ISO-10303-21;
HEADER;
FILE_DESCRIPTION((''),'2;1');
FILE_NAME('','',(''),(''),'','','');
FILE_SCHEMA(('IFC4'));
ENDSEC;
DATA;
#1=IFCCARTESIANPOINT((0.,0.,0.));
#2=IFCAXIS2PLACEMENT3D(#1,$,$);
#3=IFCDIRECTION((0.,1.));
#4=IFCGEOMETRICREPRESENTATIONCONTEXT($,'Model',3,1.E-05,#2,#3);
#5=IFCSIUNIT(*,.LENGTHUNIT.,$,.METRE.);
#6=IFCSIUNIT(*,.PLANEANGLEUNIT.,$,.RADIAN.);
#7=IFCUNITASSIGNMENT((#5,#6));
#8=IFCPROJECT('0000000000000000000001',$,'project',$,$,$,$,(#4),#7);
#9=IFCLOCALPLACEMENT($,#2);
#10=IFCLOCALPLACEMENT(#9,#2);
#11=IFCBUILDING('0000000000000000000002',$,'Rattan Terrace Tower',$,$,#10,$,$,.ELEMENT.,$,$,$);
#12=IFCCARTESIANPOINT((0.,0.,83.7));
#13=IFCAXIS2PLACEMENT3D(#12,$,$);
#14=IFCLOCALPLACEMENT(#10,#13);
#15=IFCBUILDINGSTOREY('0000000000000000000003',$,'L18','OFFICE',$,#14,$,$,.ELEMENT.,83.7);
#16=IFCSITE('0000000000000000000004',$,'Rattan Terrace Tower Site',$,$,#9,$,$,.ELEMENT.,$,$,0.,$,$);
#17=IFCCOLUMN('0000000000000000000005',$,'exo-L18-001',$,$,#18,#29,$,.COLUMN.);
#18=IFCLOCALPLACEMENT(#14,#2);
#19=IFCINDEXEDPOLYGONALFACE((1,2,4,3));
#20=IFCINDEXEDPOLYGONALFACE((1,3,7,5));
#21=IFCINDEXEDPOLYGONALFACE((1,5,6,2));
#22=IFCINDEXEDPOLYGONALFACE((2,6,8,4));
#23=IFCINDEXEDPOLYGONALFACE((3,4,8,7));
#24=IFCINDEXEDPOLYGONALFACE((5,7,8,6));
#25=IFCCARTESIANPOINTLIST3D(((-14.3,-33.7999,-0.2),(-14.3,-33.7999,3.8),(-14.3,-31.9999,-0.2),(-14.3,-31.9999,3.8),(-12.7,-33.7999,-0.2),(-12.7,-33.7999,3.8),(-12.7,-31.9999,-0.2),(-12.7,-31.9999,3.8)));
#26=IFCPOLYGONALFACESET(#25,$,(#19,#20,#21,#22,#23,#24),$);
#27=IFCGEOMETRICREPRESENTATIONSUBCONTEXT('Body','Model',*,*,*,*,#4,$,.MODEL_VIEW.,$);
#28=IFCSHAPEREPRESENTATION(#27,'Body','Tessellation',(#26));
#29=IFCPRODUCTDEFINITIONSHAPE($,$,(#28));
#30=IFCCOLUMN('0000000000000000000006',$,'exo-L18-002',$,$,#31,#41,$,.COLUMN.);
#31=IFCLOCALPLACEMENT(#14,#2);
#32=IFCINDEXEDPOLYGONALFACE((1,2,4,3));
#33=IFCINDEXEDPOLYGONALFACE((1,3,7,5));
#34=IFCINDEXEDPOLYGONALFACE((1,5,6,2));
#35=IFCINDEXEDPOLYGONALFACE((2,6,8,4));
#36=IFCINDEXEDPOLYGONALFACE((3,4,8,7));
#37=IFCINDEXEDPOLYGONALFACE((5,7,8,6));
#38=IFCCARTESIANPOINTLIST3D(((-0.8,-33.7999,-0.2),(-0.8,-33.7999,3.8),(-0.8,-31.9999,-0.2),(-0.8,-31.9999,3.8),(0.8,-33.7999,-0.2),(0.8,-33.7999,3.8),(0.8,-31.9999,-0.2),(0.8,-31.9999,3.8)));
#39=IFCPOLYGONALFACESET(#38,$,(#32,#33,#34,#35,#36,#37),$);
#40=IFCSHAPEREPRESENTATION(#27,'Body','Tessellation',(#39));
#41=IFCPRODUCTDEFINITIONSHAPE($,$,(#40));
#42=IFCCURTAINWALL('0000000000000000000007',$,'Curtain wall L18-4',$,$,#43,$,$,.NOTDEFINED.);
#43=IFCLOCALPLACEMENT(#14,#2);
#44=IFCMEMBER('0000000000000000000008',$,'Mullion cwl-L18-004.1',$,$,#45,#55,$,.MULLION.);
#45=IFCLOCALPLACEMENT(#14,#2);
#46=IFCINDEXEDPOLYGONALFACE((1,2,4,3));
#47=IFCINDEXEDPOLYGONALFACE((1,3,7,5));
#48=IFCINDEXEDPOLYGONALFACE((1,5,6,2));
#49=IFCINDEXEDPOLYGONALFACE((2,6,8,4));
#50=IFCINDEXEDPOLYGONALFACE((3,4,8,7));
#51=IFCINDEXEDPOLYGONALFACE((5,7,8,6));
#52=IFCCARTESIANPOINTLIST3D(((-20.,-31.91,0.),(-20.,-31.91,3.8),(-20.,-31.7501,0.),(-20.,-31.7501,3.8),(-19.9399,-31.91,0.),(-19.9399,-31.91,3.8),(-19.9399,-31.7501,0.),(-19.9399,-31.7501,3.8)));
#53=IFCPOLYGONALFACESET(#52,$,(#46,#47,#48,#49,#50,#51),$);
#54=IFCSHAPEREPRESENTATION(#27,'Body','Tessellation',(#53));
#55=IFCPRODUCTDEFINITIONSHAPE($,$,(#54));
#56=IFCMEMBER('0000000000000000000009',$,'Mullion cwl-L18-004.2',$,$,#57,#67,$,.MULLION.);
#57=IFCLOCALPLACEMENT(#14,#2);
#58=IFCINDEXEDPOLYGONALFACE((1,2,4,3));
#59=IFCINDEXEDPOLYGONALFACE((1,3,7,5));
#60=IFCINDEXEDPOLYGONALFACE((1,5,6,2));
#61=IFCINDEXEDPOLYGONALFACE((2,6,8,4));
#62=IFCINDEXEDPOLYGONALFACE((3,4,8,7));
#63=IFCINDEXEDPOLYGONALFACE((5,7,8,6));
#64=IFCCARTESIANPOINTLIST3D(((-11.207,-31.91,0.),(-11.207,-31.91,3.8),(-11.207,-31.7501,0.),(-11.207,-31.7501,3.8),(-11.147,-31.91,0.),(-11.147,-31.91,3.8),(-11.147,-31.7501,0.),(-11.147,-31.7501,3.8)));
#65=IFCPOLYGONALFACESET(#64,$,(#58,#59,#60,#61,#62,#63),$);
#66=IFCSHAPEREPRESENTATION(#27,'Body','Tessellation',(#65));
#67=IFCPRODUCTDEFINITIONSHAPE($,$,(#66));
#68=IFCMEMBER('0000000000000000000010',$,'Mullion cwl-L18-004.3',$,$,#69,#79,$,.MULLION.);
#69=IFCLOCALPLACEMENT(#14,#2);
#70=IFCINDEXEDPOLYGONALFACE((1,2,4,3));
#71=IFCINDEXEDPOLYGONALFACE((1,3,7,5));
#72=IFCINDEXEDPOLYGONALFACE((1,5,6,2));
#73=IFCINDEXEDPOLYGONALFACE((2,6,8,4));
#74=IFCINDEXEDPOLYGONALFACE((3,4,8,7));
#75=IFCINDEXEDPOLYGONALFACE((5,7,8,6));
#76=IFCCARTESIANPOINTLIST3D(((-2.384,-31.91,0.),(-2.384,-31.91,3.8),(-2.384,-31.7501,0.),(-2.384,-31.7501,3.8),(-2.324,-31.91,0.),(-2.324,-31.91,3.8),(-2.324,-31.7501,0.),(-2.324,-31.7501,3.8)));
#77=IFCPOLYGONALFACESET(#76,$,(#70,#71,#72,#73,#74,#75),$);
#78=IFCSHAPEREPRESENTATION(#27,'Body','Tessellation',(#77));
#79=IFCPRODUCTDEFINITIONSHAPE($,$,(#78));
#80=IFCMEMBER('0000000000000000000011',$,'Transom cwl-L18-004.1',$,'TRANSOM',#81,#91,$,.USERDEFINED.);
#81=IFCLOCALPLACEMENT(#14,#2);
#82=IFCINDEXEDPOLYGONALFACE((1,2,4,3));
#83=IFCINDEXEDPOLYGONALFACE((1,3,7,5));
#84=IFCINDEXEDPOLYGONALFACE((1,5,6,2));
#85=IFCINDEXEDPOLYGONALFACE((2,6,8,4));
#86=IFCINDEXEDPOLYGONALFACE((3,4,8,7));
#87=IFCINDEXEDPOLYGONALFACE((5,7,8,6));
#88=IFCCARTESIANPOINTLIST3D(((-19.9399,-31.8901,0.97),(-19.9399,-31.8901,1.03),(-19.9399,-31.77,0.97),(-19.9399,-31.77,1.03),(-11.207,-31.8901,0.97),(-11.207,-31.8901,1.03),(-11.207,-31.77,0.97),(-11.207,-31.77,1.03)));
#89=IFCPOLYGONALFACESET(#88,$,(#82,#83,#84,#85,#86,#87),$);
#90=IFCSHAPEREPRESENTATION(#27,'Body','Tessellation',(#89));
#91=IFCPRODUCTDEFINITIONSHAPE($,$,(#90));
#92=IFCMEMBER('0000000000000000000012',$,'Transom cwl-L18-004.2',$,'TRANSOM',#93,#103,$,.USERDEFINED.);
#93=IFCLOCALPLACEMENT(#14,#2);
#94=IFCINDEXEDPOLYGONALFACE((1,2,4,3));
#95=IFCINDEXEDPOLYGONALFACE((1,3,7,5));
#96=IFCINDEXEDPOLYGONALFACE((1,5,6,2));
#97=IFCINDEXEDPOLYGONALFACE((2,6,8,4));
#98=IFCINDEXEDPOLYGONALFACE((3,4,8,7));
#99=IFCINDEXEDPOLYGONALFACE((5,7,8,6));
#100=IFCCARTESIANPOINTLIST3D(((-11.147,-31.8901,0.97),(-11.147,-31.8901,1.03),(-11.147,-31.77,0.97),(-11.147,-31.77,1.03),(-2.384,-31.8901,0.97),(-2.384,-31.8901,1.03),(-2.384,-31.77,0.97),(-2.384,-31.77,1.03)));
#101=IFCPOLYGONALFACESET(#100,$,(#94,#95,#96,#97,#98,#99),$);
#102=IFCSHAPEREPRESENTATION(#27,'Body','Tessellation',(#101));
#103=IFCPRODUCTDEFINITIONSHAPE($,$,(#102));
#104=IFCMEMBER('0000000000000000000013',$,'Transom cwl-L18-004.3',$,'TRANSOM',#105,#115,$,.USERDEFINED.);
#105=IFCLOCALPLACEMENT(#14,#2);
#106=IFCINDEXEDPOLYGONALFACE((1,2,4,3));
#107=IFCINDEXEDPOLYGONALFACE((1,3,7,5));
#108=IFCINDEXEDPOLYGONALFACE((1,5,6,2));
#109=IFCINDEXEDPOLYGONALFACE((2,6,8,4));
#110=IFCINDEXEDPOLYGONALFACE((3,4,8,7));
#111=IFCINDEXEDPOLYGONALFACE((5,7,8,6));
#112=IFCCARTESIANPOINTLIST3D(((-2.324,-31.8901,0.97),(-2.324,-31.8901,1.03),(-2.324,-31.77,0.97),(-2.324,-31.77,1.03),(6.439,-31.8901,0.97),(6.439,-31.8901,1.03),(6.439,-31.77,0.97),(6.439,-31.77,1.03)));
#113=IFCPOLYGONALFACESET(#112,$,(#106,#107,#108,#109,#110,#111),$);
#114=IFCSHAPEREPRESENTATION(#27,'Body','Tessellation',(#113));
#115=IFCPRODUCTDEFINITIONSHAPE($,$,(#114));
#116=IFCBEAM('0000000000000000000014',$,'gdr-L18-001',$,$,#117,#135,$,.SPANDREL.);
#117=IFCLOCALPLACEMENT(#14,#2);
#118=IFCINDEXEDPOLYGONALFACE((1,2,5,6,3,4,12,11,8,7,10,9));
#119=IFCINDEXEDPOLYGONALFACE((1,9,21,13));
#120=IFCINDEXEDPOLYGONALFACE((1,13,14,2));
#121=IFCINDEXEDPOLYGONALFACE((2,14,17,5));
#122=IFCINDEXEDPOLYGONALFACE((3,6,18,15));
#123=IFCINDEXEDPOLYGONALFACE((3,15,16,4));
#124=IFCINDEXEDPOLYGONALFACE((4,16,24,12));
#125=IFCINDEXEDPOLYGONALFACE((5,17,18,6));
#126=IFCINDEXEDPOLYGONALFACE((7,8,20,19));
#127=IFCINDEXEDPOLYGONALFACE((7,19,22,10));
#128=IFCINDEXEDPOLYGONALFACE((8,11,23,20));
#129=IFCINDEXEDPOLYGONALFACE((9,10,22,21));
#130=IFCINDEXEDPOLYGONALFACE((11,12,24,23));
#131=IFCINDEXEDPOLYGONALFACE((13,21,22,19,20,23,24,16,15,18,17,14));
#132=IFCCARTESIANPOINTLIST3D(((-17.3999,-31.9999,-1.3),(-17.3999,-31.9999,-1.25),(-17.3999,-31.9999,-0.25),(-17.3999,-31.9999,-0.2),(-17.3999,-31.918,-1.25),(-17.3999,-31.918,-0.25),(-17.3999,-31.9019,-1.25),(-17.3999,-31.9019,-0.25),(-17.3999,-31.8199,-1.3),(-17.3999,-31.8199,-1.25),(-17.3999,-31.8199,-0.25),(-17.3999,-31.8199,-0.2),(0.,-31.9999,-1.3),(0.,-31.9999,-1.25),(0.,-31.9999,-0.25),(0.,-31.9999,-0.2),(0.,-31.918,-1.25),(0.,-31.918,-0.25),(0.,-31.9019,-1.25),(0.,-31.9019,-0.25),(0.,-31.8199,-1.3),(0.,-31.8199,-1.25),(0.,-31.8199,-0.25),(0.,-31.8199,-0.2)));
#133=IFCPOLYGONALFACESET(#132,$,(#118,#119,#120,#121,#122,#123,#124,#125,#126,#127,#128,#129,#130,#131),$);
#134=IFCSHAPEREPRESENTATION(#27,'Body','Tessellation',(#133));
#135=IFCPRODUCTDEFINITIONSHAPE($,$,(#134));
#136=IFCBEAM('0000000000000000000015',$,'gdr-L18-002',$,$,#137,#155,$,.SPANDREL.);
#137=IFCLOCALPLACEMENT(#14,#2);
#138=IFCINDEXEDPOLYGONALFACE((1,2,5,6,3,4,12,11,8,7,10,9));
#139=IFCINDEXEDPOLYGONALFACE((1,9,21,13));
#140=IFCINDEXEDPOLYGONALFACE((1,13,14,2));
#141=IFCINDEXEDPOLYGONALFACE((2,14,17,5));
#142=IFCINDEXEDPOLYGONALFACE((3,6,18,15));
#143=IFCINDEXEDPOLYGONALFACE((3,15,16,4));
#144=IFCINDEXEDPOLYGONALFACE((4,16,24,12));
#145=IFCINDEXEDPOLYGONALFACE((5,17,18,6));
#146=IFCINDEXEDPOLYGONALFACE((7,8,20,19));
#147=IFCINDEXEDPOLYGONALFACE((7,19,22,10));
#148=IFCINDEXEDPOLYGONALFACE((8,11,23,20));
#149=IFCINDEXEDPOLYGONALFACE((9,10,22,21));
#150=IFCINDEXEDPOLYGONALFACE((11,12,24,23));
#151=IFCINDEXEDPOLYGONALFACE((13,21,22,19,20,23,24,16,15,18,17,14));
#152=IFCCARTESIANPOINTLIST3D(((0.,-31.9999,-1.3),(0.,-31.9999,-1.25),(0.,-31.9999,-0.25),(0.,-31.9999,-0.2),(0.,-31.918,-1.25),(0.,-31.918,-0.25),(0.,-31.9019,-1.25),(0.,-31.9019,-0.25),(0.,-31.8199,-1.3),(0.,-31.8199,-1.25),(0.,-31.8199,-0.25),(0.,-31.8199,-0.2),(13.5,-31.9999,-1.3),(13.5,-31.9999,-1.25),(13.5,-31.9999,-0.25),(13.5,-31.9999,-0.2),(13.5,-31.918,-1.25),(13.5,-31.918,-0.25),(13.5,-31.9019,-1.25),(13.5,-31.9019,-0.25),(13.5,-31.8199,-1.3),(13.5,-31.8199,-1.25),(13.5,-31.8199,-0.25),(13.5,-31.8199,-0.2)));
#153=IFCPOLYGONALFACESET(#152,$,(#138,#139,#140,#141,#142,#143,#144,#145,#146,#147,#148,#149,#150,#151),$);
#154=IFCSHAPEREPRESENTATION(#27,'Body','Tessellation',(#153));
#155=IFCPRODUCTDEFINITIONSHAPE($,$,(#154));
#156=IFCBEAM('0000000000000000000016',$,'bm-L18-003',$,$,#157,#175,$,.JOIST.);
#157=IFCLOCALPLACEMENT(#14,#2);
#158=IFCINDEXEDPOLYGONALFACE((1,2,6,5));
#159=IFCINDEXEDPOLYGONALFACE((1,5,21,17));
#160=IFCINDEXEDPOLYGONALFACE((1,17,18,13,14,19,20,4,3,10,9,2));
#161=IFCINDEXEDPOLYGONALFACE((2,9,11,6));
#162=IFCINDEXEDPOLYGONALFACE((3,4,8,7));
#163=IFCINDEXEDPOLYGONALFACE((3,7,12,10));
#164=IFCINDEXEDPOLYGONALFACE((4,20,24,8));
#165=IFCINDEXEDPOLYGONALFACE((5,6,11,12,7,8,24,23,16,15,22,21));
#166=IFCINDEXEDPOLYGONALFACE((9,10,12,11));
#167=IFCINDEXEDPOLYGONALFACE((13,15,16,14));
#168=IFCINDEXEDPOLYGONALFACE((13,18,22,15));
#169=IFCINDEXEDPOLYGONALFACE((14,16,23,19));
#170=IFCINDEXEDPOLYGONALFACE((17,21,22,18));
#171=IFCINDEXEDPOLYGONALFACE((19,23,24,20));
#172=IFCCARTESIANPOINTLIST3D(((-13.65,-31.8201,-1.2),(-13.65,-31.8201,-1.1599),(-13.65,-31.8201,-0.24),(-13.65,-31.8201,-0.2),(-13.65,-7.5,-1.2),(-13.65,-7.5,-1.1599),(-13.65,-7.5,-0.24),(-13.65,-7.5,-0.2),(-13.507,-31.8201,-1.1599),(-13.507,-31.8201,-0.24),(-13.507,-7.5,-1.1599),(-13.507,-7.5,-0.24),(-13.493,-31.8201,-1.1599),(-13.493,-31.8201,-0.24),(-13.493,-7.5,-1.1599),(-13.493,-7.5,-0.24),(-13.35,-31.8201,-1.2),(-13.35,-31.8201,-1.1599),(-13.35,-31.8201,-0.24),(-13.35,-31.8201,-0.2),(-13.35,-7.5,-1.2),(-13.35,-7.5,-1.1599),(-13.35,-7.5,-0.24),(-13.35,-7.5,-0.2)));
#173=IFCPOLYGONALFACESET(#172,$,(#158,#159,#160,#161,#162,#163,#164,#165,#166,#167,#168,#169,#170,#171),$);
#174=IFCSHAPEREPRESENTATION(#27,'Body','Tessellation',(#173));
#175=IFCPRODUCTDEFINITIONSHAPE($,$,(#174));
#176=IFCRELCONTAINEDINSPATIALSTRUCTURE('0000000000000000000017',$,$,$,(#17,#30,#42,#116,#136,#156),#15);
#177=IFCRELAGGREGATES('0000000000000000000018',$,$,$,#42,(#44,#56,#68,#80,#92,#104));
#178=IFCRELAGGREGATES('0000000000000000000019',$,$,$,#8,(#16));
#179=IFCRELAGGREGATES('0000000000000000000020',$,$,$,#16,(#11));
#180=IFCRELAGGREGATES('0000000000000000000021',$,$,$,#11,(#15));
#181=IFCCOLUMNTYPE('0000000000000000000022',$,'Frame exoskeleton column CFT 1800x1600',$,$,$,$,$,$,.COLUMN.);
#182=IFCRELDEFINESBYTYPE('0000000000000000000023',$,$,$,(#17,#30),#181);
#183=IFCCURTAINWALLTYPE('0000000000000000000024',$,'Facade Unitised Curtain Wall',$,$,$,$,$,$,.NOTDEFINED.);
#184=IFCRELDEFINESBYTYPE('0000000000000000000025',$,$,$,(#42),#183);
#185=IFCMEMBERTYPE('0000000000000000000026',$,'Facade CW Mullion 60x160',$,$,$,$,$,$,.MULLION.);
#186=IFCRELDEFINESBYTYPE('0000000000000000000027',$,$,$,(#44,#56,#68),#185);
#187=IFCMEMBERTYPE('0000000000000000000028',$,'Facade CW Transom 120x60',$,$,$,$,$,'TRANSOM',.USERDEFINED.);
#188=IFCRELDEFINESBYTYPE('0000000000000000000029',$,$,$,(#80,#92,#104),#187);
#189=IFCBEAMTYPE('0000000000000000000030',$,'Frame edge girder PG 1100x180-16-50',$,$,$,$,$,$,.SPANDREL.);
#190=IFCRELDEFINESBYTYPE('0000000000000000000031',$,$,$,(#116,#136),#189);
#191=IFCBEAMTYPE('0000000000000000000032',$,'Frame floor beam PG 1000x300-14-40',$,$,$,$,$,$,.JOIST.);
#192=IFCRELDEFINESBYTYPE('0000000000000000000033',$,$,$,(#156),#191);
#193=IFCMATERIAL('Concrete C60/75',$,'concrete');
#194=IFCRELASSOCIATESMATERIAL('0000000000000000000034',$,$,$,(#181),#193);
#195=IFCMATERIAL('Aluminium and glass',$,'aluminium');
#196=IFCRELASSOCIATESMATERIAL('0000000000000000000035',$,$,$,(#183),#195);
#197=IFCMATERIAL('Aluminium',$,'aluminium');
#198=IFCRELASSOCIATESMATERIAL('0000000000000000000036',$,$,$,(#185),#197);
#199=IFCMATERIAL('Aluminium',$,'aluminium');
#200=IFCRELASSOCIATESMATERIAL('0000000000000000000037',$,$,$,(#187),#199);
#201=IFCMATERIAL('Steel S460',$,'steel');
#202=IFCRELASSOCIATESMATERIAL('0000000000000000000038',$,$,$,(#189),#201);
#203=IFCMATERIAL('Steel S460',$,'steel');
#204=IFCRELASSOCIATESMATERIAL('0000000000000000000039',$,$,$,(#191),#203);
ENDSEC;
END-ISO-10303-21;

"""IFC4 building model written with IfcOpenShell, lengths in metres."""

from ifc_helpers import new_model, si_unit, direction, frame, origin, origin_2d, place, context, subcontext, project, spatial, rectangle, i_section, extrude, material, material_profile, profile_set, type_object, element, aggregate, save


model = new_model("IFC4")

# Units and contexts
model_context = context("Model", 3, precision=1e-05, world=origin(), true_north=direction((0.0, 1.0)))
body_context = subcontext(model_context, "Body", "Model", "MODEL_VIEW")
ifc_project = project(units=[si_unit("LENGTHUNIT", "METRE"), si_unit("PLANEANGLEUNIT", "RADIAN")], contexts=[model_context])

# Site, building, storey
site_placement = place(None, origin())
site = spatial("IfcSite", under=ifc_project, at=site_placement, Name="Rattan Terrace Tower Site", CompositionType="ELEMENT", RefElevation=0.0)
building_placement = place(site_placement, origin())
building = spatial("IfcBuilding", under=site, at=building_placement, Name="Rattan Terrace Tower", CompositionType="ELEMENT")
storey_placement = place(building_placement, frame((0.0, 0.0, 83.7)))
storey = spatial("IfcBuildingStorey", under=building, at=storey_placement, Name="L18", Description="OFFICE", CompositionType="ELEMENT", Elevation=83.7)

# Columns
ifc_material_1 = material(Name="Concrete C60/75", Category="concrete")
ifc_material_profile_1 = material_profile(ifc_material_1, rectangle(XDim=1.6001, YDim=1.8, at=origin_2d()), Name="CFT 1800x1600")
ifc_profile_set_1 = profile_set([ifc_material_profile_1], Name="Concrete C60/75")
column_type = type_object("IfcColumnType", Name="Frame exoskeleton column CFT 1800x1600", PredefinedType="COLUMN", material=ifc_profile_set_1)
for number, where, z_axis, x_axis, name in (
    (1, (-13.5, -32.8999, -0.2), (0.0, 0.0, 1.0), (1.0, 0.0, 0.0), "exo-L18-001"),
    (2, (0.0, -32.8999, -0.2), (0.0, 0.0, 1.0), (1.0, 0.0, 0.0), "exo-L18-002"),
):
    element("IfcColumn", number, at=place(storey_placement, frame(where, z_axis=z_axis, x_axis=x_axis)), inside=storey, type_object=column_type, Name=name, PredefinedType="COLUMN", context=body_context, shape_type="SweptSolid", body=[
        extrude(rectangle(XDim=1.6001, YDim=1.8, at=origin_2d()), origin(), (0.0, 0.0, 1.0), 4.0),
    ])

# Curtain wall, members
ifc_material_2 = material(Name="Aluminium and glass", Category="aluminium")
curtain_wall_type = type_object("IfcCurtainWallType", Name="Facade Unitised Curtain Wall", PredefinedType="NOTDEFINED", material=ifc_material_2)
curtain_wall_placement = place(storey_placement, origin())
curtain_wall = element("IfcCurtainWall", 3, at=curtain_wall_placement, inside=storey, type_object=curtain_wall_type, Name="Curtain wall L18-4", PredefinedType="NOTDEFINED")
ifc_material_3 = material(Name="Aluminium", Category="aluminium")
ifc_material_profile_2 = material_profile(ifc_material_3, rectangle(XDim=0.0601, YDim=0.1599, at=origin_2d()), Name="Aluminium 60x160")
ifc_profile_set_2 = profile_set([ifc_material_profile_2], Name="Aluminium")
member_type_1 = type_object("IfcMemberType", Name="Facade CW Mullion 60x160", PredefinedType="MULLION", material=ifc_profile_set_2)
member_1_placement = place(storey_placement, frame((-19.97, -31.8301, 0.0), z_axis=(0.0, 0.0, 1.0), x_axis=(1.0, 0.0, 0.0)))
member_1 = element("IfcMember", 4, at=member_1_placement, type_object=member_type_1, Name="Mullion cwl-L18-004.1", PredefinedType="MULLION", context=body_context, shape_type="SweptSolid", body=[
    extrude(rectangle(XDim=0.0601, YDim=0.1599, at=origin_2d()), origin(), (0.0, 0.0, 1.0), 3.8),
])
member_2_placement = place(storey_placement, frame((-11.177, -31.8301, 0.0), z_axis=(0.0, 0.0, 1.0), x_axis=(1.0, 0.0, 0.0)))
member_2 = element("IfcMember", 5, at=member_2_placement, type_object=member_type_1, Name="Mullion cwl-L18-004.2", PredefinedType="MULLION", context=body_context, shape_type="SweptSolid", body=[
    extrude(rectangle(XDim=0.0601, YDim=0.1599, at=origin_2d()), origin(), (0.0, 0.0, 1.0), 3.8),
])
member_3_placement = place(storey_placement, frame((-2.354, -31.8301, 0.0), z_axis=(0.0, 0.0, 1.0), x_axis=(1.0, 0.0, 0.0)))
member_3 = element("IfcMember", 6, at=member_3_placement, type_object=member_type_1, Name="Mullion cwl-L18-004.3", PredefinedType="MULLION", context=body_context, shape_type="SweptSolid", body=[
    extrude(rectangle(XDim=0.0601, YDim=0.1599, at=origin_2d()), origin(), (0.0, 0.0, 1.0), 3.8),
])
ifc_material_4 = material(Name="Aluminium", Category="aluminium")
ifc_material_profile_3 = material_profile(ifc_material_4, rectangle(XDim=0.1201, YDim=0.0601, at=origin_2d()), Name="Aluminium 120x60")
ifc_profile_set_3 = profile_set([ifc_material_profile_3], Name="Aluminium")
member_type_2 = type_object("IfcMemberType", Name="Facade CW Transom 120x60", ElementType="TRANSOM", PredefinedType="USERDEFINED", material=ifc_profile_set_3)
member_4_placement = place(storey_placement, frame((-19.9399, -31.8301, 1.0), z_axis=(1.0, 0.0, 0.0), x_axis=(0.0, 1.0, 0.0)))
member_4 = element("IfcMember", 7, at=member_4_placement, type_object=member_type_2, Name="Transom cwl-L18-004.1", ObjectType="TRANSOM", PredefinedType="USERDEFINED", context=body_context, shape_type="SweptSolid", body=[
    extrude(rectangle(XDim=0.1201, YDim=0.0601, at=origin_2d()), origin(), (0.0, 0.0, 1.0), 8.7329),
])
member_5_placement = place(storey_placement, frame((-11.147, -31.8301, 1.0), z_axis=(1.0, 0.0, 0.0), x_axis=(0.0, 1.0, 0.0)))
member_5 = element("IfcMember", 8, at=member_5_placement, type_object=member_type_2, Name="Transom cwl-L18-004.2", ObjectType="TRANSOM", PredefinedType="USERDEFINED", context=body_context, shape_type="SweptSolid", body=[
    extrude(rectangle(XDim=0.1201, YDim=0.0601, at=origin_2d()), origin(), (0.0, 0.0, 1.0), 8.7629),
])
member_6_placement = place(storey_placement, frame((-2.324, -31.8301, 1.0), z_axis=(1.0, 0.0, 0.0), x_axis=(0.0, 1.0, 0.0)))
member_6 = element("IfcMember", 9, at=member_6_placement, type_object=member_type_2, Name="Transom cwl-L18-004.3", ObjectType="TRANSOM", PredefinedType="USERDEFINED", context=body_context, shape_type="SweptSolid", body=[
    extrude(rectangle(XDim=0.1201, YDim=0.0601, at=origin_2d()), origin(), (0.0, 0.0, 1.0), 8.7629),
])

# Beams
ifc_material_5 = material(Name="Steel S460", Category="steel")
ifc_material_profile_4 = material_profile(ifc_material_5, i_section(OverallWidth=0.1799, OverallDepth=1.1001, WebThickness=0.0161, FlangeThickness=0.05, at=origin_2d()), Name="PG 1100x180-16-50")
ifc_profile_set_4 = profile_set([ifc_material_profile_4], Name="Steel S460")
beam_type_1 = type_object("IfcBeamType", Name="Frame edge girder PG 1100x180-16-50", PredefinedType="SPANDREL", material=ifc_profile_set_4)
beam_1_placement = place(storey_placement, frame((-17.3999, -31.9099, -0.75), z_axis=(1.0, 0.0, 0.0), x_axis=(0.0, 1.0, 0.0)))
element("IfcBeam", 10, at=beam_1_placement, inside=storey, type_object=beam_type_1, Name="gdr-L18-001", PredefinedType="SPANDREL", context=body_context, shape_type="SweptSolid", body=[
    extrude(i_section(OverallWidth=0.1799, OverallDepth=1.1001, WebThickness=0.0161, FlangeThickness=0.05, at=origin_2d()), origin(), (0.0, 0.0, 1.0), 17.3999),
])
beam_2_placement = place(storey_placement, frame((0.0, -31.9099, -0.75), z_axis=(1.0, 0.0, 0.0), x_axis=(0.0, 1.0, 0.0)))
element("IfcBeam", 11, at=beam_2_placement, inside=storey, type_object=beam_type_1, Name="gdr-L18-002", PredefinedType="SPANDREL", context=body_context, shape_type="SweptSolid", body=[
    extrude(i_section(OverallWidth=0.1799, OverallDepth=1.1001, WebThickness=0.0161, FlangeThickness=0.05, at=origin_2d()), origin(), (0.0, 0.0, 1.0), 13.5),
])
ifc_material_6 = material(Name="Steel S460", Category="steel")
ifc_material_profile_5 = material_profile(ifc_material_6, i_section(OverallWidth=0.3, OverallDepth=1.0, WebThickness=0.0139, FlangeThickness=0.04, at=origin_2d()), Name="PG 1000x300-14-40")
ifc_profile_set_5 = profile_set([ifc_material_profile_5], Name="Steel S460")
beam_type_2 = type_object("IfcBeamType", Name="Frame floor beam PG 1000x300-14-40", PredefinedType="JOIST", material=ifc_profile_set_5)
for number, where, z_axis, x_axis, name in (
    (12, (-13.5, -31.8201, -0.7), (0.0, 1.0, 0.0), (-1.0, 0.0, 0.0), "bm-L18-003"),
):
    element("IfcBeam", number, at=place(storey_placement, frame(where, z_axis=z_axis, x_axis=x_axis)), inside=storey, type_object=beam_type_2, Name=name, PredefinedType="JOIST", context=body_context, shape_type="SweptSolid", body=[
        extrude(i_section(OverallWidth=0.3, OverallDepth=1.0, WebThickness=0.0139, FlangeThickness=0.04, at=origin_2d()), origin(), (0.0, 0.0, 1.0), 24.3201),
    ])

aggregate(curtain_wall, [member_1, member_2, member_3, member_4, member_5, member_6])

save(model, "model.ifc")
